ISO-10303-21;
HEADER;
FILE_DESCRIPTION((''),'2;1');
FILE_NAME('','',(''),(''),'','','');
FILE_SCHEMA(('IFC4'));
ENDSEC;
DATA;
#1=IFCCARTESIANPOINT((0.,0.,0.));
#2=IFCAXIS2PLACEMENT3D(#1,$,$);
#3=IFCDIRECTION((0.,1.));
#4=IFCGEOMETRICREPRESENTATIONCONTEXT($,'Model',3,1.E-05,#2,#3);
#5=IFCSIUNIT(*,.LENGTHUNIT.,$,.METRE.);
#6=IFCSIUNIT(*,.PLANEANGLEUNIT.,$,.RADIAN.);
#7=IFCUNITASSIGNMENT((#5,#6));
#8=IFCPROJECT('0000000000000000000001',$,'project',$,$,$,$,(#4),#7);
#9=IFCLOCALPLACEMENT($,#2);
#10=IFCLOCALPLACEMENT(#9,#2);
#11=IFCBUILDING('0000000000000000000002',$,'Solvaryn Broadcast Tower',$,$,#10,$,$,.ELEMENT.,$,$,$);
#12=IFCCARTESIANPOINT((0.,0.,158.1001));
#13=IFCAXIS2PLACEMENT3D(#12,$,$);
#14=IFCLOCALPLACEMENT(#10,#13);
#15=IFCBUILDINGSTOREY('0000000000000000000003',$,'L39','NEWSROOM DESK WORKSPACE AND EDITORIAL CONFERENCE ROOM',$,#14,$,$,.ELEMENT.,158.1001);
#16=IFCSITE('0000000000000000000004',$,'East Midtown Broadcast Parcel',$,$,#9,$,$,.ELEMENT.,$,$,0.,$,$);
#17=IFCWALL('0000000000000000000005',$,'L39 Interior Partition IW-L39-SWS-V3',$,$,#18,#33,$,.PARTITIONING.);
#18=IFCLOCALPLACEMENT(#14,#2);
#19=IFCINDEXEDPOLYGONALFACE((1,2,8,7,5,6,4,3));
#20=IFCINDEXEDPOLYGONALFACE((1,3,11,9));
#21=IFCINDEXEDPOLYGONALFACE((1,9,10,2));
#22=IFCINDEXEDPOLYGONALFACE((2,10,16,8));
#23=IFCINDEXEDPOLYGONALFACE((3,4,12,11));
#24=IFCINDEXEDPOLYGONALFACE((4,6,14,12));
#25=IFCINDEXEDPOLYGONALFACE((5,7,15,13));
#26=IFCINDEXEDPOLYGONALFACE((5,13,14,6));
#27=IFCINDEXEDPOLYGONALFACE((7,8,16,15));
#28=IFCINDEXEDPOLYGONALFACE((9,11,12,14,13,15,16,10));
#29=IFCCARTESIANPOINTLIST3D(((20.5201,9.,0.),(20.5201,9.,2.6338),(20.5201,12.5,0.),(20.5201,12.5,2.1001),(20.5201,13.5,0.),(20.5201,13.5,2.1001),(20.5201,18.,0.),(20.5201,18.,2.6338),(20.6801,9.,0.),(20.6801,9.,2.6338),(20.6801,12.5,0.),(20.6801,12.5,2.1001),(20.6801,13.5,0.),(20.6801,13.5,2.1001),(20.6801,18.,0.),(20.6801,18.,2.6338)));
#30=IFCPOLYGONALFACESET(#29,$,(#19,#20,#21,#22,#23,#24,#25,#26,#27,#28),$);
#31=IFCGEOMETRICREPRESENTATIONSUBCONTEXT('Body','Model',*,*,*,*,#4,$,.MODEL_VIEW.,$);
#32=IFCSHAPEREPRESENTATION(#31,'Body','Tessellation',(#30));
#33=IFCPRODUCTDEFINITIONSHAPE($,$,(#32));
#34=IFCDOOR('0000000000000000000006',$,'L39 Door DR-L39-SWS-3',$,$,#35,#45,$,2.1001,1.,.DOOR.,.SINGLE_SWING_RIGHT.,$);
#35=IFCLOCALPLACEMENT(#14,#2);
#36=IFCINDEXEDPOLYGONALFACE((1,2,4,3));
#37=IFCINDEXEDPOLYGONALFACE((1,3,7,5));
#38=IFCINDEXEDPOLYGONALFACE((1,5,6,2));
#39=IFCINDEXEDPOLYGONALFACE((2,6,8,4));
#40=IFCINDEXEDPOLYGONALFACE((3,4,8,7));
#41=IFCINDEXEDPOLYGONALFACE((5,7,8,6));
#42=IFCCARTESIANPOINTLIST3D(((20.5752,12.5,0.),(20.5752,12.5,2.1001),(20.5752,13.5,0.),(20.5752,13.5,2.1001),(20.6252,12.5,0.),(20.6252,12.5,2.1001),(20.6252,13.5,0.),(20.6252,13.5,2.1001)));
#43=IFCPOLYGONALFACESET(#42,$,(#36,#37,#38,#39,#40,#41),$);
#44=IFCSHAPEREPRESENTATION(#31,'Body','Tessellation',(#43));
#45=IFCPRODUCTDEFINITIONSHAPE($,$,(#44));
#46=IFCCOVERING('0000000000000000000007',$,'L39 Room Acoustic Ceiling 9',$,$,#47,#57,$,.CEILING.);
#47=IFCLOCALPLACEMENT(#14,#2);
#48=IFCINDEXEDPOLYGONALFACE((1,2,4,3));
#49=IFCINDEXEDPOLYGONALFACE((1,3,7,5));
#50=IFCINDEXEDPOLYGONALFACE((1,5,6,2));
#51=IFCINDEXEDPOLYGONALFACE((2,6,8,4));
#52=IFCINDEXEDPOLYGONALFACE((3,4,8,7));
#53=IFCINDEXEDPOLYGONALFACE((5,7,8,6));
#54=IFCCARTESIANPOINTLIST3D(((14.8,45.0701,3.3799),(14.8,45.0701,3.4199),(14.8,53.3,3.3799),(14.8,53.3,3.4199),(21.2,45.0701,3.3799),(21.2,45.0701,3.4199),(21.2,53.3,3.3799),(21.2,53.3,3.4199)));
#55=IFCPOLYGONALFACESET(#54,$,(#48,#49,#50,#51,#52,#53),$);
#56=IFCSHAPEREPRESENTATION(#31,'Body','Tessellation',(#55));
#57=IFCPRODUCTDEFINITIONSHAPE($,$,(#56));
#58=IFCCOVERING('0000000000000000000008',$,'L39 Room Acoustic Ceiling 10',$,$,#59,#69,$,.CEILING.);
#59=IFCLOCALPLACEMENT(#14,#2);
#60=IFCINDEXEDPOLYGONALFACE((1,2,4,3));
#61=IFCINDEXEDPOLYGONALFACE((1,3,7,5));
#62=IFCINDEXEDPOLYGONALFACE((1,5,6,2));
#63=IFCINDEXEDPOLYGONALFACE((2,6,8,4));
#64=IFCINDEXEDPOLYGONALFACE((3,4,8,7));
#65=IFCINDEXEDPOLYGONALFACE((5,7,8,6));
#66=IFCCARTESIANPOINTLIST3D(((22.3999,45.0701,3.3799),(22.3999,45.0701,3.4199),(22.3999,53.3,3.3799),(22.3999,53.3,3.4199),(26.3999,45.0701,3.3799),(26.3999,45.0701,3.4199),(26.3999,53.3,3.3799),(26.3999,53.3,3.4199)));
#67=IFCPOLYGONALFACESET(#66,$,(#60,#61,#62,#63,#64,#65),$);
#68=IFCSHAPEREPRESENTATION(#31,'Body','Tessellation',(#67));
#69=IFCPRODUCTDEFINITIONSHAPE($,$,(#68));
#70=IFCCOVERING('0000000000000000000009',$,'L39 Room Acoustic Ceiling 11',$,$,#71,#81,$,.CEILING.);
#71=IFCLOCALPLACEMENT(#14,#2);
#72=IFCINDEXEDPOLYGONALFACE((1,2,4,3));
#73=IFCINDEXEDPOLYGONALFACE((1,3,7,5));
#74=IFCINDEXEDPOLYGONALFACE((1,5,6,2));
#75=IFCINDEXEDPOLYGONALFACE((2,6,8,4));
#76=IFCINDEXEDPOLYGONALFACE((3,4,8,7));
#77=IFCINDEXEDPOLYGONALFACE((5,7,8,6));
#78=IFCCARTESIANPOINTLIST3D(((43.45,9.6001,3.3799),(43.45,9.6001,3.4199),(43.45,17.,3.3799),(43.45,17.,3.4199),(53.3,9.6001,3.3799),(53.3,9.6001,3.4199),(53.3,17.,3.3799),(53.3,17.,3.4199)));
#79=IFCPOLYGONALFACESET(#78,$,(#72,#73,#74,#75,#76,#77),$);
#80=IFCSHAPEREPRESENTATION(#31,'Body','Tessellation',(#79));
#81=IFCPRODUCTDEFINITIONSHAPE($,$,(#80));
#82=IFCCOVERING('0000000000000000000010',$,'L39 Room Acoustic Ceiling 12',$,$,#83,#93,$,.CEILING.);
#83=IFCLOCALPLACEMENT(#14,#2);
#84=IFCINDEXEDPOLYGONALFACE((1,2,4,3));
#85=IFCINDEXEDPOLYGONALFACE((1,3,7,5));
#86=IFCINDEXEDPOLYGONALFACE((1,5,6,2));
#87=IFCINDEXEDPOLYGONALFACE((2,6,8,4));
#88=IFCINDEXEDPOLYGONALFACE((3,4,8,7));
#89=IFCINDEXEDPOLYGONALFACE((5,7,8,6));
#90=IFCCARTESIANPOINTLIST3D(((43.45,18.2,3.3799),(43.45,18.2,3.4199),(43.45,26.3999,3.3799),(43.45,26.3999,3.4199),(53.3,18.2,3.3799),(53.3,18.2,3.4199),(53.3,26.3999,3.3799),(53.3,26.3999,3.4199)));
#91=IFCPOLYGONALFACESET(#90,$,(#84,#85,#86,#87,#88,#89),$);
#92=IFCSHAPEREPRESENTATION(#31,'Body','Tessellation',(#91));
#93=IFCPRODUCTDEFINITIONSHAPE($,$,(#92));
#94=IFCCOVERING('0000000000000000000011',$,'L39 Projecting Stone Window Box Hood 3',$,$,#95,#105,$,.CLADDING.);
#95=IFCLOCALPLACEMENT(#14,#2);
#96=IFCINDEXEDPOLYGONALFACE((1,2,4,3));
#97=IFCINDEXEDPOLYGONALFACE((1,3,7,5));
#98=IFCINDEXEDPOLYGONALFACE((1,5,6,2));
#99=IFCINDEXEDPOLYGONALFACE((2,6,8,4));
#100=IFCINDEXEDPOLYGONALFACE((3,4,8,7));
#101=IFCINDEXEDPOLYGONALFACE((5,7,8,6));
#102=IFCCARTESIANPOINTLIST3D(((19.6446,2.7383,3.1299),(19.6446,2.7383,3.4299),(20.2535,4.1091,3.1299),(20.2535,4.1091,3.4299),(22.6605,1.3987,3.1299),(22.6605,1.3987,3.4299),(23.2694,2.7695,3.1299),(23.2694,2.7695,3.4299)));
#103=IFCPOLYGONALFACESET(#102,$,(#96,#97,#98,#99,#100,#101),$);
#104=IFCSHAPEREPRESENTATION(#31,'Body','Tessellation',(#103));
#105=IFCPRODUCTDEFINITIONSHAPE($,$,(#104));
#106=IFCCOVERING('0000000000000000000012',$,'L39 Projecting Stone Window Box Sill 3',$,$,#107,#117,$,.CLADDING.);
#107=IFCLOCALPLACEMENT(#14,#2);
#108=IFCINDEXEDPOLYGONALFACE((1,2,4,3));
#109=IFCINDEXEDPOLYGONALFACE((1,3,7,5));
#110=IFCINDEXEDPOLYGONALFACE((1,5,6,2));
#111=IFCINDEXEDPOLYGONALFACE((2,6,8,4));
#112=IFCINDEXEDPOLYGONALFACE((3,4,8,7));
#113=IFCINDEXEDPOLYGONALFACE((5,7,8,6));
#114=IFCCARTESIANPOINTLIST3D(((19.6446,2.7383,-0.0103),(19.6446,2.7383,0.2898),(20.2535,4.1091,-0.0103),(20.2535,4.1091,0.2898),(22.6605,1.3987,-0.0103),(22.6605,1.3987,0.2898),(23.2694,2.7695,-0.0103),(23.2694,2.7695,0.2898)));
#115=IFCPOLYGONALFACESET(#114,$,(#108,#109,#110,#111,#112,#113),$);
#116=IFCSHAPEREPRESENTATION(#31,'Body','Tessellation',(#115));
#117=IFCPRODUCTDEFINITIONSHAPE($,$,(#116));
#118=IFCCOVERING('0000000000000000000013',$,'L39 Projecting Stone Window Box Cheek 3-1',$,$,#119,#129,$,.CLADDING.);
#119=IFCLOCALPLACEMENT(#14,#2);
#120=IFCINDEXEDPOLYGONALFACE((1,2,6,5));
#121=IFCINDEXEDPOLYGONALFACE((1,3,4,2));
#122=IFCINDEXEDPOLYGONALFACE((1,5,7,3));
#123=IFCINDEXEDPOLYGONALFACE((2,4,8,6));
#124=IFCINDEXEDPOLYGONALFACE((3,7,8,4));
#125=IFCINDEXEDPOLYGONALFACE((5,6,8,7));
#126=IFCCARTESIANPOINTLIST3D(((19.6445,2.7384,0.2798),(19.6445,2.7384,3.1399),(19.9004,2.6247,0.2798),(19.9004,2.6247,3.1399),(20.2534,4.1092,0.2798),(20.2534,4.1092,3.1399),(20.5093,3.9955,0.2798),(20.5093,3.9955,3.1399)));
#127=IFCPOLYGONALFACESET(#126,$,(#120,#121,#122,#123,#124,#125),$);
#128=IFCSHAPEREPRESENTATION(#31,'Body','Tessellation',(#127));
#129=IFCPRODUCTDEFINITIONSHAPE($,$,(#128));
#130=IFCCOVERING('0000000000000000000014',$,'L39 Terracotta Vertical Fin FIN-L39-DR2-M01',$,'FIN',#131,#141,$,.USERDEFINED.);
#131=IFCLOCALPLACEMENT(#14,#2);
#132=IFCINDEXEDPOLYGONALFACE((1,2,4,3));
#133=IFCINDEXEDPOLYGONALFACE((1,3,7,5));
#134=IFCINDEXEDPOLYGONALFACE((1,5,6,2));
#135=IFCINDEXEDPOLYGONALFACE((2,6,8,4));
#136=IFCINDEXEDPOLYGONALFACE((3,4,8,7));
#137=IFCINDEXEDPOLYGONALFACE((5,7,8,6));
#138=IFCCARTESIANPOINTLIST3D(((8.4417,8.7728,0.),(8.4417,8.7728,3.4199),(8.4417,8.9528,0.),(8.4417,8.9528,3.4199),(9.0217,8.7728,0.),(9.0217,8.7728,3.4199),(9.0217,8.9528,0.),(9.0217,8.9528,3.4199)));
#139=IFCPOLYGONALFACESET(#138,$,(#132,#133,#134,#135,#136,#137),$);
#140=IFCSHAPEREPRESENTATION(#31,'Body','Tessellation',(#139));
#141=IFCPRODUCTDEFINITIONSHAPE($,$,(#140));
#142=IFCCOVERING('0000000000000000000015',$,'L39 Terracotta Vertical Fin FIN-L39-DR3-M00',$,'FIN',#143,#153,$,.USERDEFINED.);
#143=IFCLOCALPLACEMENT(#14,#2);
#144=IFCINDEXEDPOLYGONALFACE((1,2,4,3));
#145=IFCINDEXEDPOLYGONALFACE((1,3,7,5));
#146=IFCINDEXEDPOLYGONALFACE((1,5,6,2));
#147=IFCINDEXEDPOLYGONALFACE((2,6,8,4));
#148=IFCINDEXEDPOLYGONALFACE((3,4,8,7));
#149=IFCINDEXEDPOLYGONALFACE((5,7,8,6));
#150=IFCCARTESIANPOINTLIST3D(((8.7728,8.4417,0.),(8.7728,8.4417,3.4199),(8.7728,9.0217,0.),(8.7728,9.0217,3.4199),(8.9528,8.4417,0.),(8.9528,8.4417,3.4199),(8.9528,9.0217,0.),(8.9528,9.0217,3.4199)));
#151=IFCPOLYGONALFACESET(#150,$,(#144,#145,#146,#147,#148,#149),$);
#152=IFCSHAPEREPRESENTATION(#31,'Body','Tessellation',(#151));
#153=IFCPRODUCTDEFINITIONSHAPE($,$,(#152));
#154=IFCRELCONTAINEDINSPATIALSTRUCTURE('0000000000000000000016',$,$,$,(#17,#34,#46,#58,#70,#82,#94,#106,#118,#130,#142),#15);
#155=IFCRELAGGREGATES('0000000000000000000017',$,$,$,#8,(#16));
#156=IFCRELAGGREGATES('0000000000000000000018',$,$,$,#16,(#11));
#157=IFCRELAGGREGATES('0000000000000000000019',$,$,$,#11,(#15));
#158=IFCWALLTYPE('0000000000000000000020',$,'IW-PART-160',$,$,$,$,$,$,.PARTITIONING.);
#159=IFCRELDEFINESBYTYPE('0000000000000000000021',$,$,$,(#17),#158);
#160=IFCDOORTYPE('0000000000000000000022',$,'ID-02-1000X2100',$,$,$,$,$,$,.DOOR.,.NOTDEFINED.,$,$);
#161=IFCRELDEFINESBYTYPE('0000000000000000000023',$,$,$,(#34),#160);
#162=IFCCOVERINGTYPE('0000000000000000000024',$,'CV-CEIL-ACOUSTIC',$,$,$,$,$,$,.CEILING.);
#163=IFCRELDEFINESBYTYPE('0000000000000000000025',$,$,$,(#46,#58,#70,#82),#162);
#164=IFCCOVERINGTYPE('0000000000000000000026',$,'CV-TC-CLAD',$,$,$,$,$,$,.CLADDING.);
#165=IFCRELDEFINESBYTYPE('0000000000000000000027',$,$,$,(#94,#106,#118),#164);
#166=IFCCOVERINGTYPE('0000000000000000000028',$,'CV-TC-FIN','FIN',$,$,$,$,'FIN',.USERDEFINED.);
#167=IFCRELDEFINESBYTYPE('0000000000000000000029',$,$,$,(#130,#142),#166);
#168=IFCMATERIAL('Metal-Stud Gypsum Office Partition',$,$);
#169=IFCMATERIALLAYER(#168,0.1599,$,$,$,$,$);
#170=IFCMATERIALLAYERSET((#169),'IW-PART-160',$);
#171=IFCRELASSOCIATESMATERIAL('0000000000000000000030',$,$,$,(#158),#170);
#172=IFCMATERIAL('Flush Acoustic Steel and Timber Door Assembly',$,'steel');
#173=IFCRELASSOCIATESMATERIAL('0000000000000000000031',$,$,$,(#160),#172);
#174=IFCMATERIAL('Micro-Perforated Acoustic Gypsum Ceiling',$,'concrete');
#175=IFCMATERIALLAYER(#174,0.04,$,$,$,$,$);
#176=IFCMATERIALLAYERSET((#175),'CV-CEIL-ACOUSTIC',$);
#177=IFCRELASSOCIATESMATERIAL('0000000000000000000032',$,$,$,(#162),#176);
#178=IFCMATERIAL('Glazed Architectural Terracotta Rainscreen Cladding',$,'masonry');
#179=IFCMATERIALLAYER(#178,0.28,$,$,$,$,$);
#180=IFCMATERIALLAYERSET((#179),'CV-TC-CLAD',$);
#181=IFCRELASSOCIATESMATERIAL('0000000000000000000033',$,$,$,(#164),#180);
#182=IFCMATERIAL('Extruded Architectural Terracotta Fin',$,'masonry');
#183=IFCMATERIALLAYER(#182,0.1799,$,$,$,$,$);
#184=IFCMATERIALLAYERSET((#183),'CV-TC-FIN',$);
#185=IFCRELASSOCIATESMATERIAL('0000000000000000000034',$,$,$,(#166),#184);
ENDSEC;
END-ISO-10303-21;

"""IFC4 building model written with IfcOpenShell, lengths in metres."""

from ifc_helpers import new_model, si_unit, direction, frame, frame_2d, origin, origin_2d, place, context, subcontext, project, spatial, polyline, rectangle, outline, extrude, material, layer, layer_set, type_object, element, fill, save


model = new_model("IFC4")

# Units and contexts
model_context = context("Model", 3, precision=1e-05, world=origin(), true_north=direction((0.0, 1.0)))
body_context = subcontext(model_context, "Body", "Model", "MODEL_VIEW")
ifc_project = project(units=[si_unit("LENGTHUNIT", "METRE"), si_unit("PLANEANGLEUNIT", "RADIAN")], contexts=[model_context])

# Site, building, storey
site_placement = place(None, origin())
site = spatial("IfcSite", under=ifc_project, at=site_placement, Name="East Midtown Broadcast Parcel", CompositionType="ELEMENT", RefElevation=0.0)
building_placement = place(site_placement, origin())
building = spatial("IfcBuilding", under=site, at=building_placement, Name="Solvaryn Broadcast Tower", CompositionType="ELEMENT")
storey_placement = place(building_placement, frame((0.0, 0.0, 158.1001)))
storey = spatial("IfcBuildingStorey", under=building, at=storey_placement, Name="L39", Description="NEWSROOM DESK WORKSPACE AND EDITORIAL CONFERENCE ROOM", CompositionType="ELEMENT", Elevation=158.1001)

# Wall, opening, door
ifc_material_1 = material(Name="Metal-Stud Gypsum Office Partition")
ifc_layer_1 = layer(ifc_material_1, 0.1599)
ifc_layer_set_1 = layer_set([ifc_layer_1], Name="IW-PART-160")
wall_type = type_object("IfcWallType", Name="IW-PART-160", PredefinedType="PARTITIONING", material=ifc_layer_set_1)
wall_1_placement = place(storey_placement, frame((20.6001, 9.0, 0.0), z_axis=(0.0, 0.0, 1.0), x_axis=(0.0, 1.0, 0.0)))
wall_1 = element("IfcWall", 1, at=wall_1_placement, inside=storey, type_object=wall_type, Name="L39 Interior Partition IW-L39-SWS-V3", PredefinedType="PARTITIONING", context=body_context, shape_type="SweptSolid", body=[
    extrude(rectangle(XDim=9.0, YDim=0.1599, at=frame_2d((4.5, 0.0))), origin(), (0.0, 0.0, 1.0), 2.6338),
])
opening_1_placement = place(wall_1_placement, frame((3.5, 0.0, 0.0)))
opening_1 = element("IfcOpeningElement", 2, at=opening_1_placement, cuts=wall_1, PredefinedType="OPENING", context=body_context, shape_type="SweptSolid", body=[
    extrude(rectangle(XDim=1.0, YDim=2.1001, at=frame_2d((0.5, 1.05))), frame((0.0, 0.0901, 0.0), z_axis=(0.0, -1.0, 0.0), x_axis=(1.0, 0.0, 0.0)), (0.0, 0.0, 1.0), 0.1799),
])
ifc_material_2 = material(Name="Flush Acoustic Steel and Timber Door Assembly", Category="steel")
door_type_1 = type_object("IfcDoorType", Name="ID-02-1000X2100", OperationType="NOTDEFINED", PredefinedType="DOOR", material=ifc_material_2)
door_1_placement = place(opening_1_placement, origin())
door_1 = element("IfcDoor", 3, at=door_1_placement, inside=storey, type_object=door_type_1, Name="L39 Door DR-L39-SWS-3", OperationType="SINGLE_SWING_RIGHT", OverallHeight=2.1001, OverallWidth=1.0, PredefinedType="DOOR", context=body_context, shape_type="SweptSolid", body=[
    extrude(rectangle(XDim=1.0, YDim=2.1001, at=frame_2d((0.5, 1.05))), frame((0.0, 0.0249, 0.0), z_axis=(0.0, -1.0, 0.0), x_axis=(1.0, 0.0, 0.0)), (0.0, 0.0, 1.0), 0.05),
])
fill(opening_1, door_1)

# Coverings
ifc_material_3 = material(Name="Micro-Perforated Acoustic Gypsum Ceiling", Category="concrete")
ifc_layer_2 = layer(ifc_material_3, 0.04)
ifc_layer_set_2 = layer_set([ifc_layer_2], Name="CV-CEIL-ACOUSTIC")
covering_type_1 = type_object("IfcCoveringType", Name="CV-CEIL-ACOUSTIC", PredefinedType="CEILING", material=ifc_layer_set_2)
covering_1_placement = place(storey_placement, frame((0.0, 0.0, 3.3799)))
element("IfcCovering", 4, at=covering_1_placement, inside=storey, type_object=covering_type_1, Name="L39 Room Acoustic Ceiling 9", PredefinedType="CEILING", context=body_context, shape_type="SweptSolid", body=[
    extrude(outline(polyline([(14.8, 45.0701), (21.2, 45.0701), (21.2, 53.3), (14.8, 53.3), (14.8, 45.0701)])), origin(), (0.0, 0.0, 1.0), 0.04),
])
covering_2_placement = place(storey_placement, frame((0.0, 0.0, 3.3799)))
element("IfcCovering", 5, at=covering_2_placement, inside=storey, type_object=covering_type_1, Name="L39 Room Acoustic Ceiling 10", PredefinedType="CEILING", context=body_context, shape_type="SweptSolid", body=[
    extrude(outline(polyline([(22.3999, 45.0701), (26.3999, 45.0701), (26.3999, 53.3), (22.3999, 53.3), (22.3999, 45.0701)])), origin(), (0.0, 0.0, 1.0), 0.04),
])
covering_3_placement = place(storey_placement, frame((0.0, 0.0, 3.3799)))
element("IfcCovering", 6, at=covering_3_placement, inside=storey, type_object=covering_type_1, Name="L39 Room Acoustic Ceiling 11", PredefinedType="CEILING", context=body_context, shape_type="SweptSolid", body=[
    extrude(outline(polyline([(43.45, 9.6001), (53.3, 9.6001), (53.3, 17.0), (43.45, 17.0), (43.45, 9.6001)])), origin(), (0.0, 0.0, 1.0), 0.04),
])
covering_4_placement = place(storey_placement, frame((0.0, 0.0, 3.3799)))
element("IfcCovering", 7, at=covering_4_placement, inside=storey, type_object=covering_type_1, Name="L39 Room Acoustic Ceiling 12", PredefinedType="CEILING", context=body_context, shape_type="SweptSolid", body=[
    extrude(outline(polyline([(43.45, 18.2), (53.3, 18.2), (53.3, 26.3999), (43.45, 26.3999), (43.45, 18.2)])), origin(), (0.0, 0.0, 1.0), 0.04),
])
ifc_material_4 = material(Name="Glazed Architectural Terracotta Rainscreen Cladding", Category="masonry")
ifc_layer_3 = layer(ifc_material_4, 0.28)
ifc_layer_set_3 = layer_set([ifc_layer_3], Name="CV-TC-CLAD")
covering_type_2 = type_object("IfcCoveringType", Name="CV-TC-CLAD", PredefinedType="CLADDING", material=ifc_layer_set_3)
for number, where, z_axis, x_axis, name in (
    (8, (21.457, 2.7539, 3.1299), (0.0, 0.0, 1.0), (0.9139, -0.405939, 0.0), "L39 Projecting Stone Window Box Hood 3"),
    (9, (21.457, 2.7539, -0.0103), (0.0, 0.0, 1.0), (0.9139, -0.405939, 0.0), "L39 Projecting Stone Window Box Sill 3"),
):
    element("IfcCovering", number, at=place(storey_placement, frame(where, z_axis=z_axis, x_axis=x_axis)), inside=storey, type_object=covering_type_2, Name=name, PredefinedType="CLADDING", context=body_context, shape_type="SweptSolid", body=[
        extrude(rectangle(XDim=3.3, YDim=1.5, at=origin_2d()), origin(), (0.0, 0.0, 1.0), 0.3),
    ])
covering_5_placement = place(storey_placement, frame((20.0769, 3.3669, 0.2798), z_axis=(0.0, 0.0, 1.0), x_axis=(0.9139, -0.405939, 0.0)))
element("IfcCovering", 10, at=covering_5_placement, inside=storey, type_object=covering_type_2, Name="L39 Projecting Stone Window Box Cheek 3-1", PredefinedType="CLADDING", context=body_context, shape_type="SweptSolid", body=[
    extrude(rectangle(XDim=0.28, YDim=1.5, at=origin_2d()), origin(), (0.0, 0.0, 1.0), 2.8601),
])
ifc_material_5 = material(Name="Extruded Architectural Terracotta Fin", Category="masonry")
ifc_layer_4 = layer(ifc_material_5, 0.1799)
ifc_layer_set_4 = layer_set([ifc_layer_4], Name="CV-TC-FIN")
covering_type_3 = type_object("IfcCoveringType", Name="CV-TC-FIN", Description="FIN", ElementType="FIN", PredefinedType="USERDEFINED", material=ifc_layer_set_4)
covering_6_placement = place(storey_placement, frame((8.7317, 8.8628, 0.0), z_axis=(0.0, 0.0, 1.0), x_axis=(1.0, 0.0, 0.0)))
element("IfcCovering", 11, at=covering_6_placement, inside=storey, type_object=covering_type_3, Name="L39 Terracotta Vertical Fin FIN-L39-DR2-M01", ObjectType="FIN", PredefinedType="USERDEFINED", context=body_context, shape_type="SweptSolid", body=[
    extrude(rectangle(XDim=0.5801, YDim=0.1799, at=origin_2d()), origin(), (0.0, 0.0, 1.0), 3.4199),
])
covering_7_placement = place(storey_placement, frame((8.8628, 8.7317, 0.0), z_axis=(0.0, 0.0, 1.0), x_axis=(1.0, 0.0, 0.0)))
element("IfcCovering", 12, at=covering_7_placement, inside=storey, type_object=covering_type_3, Name="L39 Terracotta Vertical Fin FIN-L39-DR3-M00", ObjectType="FIN", PredefinedType="USERDEFINED", context=body_context, shape_type="SweptSolid", body=[
    extrude(rectangle(XDim=0.1799, YDim=0.5801, at=origin_2d()), origin(), (0.0, 0.0, 1.0), 3.4199),
])

save(model, "model.ifc")
